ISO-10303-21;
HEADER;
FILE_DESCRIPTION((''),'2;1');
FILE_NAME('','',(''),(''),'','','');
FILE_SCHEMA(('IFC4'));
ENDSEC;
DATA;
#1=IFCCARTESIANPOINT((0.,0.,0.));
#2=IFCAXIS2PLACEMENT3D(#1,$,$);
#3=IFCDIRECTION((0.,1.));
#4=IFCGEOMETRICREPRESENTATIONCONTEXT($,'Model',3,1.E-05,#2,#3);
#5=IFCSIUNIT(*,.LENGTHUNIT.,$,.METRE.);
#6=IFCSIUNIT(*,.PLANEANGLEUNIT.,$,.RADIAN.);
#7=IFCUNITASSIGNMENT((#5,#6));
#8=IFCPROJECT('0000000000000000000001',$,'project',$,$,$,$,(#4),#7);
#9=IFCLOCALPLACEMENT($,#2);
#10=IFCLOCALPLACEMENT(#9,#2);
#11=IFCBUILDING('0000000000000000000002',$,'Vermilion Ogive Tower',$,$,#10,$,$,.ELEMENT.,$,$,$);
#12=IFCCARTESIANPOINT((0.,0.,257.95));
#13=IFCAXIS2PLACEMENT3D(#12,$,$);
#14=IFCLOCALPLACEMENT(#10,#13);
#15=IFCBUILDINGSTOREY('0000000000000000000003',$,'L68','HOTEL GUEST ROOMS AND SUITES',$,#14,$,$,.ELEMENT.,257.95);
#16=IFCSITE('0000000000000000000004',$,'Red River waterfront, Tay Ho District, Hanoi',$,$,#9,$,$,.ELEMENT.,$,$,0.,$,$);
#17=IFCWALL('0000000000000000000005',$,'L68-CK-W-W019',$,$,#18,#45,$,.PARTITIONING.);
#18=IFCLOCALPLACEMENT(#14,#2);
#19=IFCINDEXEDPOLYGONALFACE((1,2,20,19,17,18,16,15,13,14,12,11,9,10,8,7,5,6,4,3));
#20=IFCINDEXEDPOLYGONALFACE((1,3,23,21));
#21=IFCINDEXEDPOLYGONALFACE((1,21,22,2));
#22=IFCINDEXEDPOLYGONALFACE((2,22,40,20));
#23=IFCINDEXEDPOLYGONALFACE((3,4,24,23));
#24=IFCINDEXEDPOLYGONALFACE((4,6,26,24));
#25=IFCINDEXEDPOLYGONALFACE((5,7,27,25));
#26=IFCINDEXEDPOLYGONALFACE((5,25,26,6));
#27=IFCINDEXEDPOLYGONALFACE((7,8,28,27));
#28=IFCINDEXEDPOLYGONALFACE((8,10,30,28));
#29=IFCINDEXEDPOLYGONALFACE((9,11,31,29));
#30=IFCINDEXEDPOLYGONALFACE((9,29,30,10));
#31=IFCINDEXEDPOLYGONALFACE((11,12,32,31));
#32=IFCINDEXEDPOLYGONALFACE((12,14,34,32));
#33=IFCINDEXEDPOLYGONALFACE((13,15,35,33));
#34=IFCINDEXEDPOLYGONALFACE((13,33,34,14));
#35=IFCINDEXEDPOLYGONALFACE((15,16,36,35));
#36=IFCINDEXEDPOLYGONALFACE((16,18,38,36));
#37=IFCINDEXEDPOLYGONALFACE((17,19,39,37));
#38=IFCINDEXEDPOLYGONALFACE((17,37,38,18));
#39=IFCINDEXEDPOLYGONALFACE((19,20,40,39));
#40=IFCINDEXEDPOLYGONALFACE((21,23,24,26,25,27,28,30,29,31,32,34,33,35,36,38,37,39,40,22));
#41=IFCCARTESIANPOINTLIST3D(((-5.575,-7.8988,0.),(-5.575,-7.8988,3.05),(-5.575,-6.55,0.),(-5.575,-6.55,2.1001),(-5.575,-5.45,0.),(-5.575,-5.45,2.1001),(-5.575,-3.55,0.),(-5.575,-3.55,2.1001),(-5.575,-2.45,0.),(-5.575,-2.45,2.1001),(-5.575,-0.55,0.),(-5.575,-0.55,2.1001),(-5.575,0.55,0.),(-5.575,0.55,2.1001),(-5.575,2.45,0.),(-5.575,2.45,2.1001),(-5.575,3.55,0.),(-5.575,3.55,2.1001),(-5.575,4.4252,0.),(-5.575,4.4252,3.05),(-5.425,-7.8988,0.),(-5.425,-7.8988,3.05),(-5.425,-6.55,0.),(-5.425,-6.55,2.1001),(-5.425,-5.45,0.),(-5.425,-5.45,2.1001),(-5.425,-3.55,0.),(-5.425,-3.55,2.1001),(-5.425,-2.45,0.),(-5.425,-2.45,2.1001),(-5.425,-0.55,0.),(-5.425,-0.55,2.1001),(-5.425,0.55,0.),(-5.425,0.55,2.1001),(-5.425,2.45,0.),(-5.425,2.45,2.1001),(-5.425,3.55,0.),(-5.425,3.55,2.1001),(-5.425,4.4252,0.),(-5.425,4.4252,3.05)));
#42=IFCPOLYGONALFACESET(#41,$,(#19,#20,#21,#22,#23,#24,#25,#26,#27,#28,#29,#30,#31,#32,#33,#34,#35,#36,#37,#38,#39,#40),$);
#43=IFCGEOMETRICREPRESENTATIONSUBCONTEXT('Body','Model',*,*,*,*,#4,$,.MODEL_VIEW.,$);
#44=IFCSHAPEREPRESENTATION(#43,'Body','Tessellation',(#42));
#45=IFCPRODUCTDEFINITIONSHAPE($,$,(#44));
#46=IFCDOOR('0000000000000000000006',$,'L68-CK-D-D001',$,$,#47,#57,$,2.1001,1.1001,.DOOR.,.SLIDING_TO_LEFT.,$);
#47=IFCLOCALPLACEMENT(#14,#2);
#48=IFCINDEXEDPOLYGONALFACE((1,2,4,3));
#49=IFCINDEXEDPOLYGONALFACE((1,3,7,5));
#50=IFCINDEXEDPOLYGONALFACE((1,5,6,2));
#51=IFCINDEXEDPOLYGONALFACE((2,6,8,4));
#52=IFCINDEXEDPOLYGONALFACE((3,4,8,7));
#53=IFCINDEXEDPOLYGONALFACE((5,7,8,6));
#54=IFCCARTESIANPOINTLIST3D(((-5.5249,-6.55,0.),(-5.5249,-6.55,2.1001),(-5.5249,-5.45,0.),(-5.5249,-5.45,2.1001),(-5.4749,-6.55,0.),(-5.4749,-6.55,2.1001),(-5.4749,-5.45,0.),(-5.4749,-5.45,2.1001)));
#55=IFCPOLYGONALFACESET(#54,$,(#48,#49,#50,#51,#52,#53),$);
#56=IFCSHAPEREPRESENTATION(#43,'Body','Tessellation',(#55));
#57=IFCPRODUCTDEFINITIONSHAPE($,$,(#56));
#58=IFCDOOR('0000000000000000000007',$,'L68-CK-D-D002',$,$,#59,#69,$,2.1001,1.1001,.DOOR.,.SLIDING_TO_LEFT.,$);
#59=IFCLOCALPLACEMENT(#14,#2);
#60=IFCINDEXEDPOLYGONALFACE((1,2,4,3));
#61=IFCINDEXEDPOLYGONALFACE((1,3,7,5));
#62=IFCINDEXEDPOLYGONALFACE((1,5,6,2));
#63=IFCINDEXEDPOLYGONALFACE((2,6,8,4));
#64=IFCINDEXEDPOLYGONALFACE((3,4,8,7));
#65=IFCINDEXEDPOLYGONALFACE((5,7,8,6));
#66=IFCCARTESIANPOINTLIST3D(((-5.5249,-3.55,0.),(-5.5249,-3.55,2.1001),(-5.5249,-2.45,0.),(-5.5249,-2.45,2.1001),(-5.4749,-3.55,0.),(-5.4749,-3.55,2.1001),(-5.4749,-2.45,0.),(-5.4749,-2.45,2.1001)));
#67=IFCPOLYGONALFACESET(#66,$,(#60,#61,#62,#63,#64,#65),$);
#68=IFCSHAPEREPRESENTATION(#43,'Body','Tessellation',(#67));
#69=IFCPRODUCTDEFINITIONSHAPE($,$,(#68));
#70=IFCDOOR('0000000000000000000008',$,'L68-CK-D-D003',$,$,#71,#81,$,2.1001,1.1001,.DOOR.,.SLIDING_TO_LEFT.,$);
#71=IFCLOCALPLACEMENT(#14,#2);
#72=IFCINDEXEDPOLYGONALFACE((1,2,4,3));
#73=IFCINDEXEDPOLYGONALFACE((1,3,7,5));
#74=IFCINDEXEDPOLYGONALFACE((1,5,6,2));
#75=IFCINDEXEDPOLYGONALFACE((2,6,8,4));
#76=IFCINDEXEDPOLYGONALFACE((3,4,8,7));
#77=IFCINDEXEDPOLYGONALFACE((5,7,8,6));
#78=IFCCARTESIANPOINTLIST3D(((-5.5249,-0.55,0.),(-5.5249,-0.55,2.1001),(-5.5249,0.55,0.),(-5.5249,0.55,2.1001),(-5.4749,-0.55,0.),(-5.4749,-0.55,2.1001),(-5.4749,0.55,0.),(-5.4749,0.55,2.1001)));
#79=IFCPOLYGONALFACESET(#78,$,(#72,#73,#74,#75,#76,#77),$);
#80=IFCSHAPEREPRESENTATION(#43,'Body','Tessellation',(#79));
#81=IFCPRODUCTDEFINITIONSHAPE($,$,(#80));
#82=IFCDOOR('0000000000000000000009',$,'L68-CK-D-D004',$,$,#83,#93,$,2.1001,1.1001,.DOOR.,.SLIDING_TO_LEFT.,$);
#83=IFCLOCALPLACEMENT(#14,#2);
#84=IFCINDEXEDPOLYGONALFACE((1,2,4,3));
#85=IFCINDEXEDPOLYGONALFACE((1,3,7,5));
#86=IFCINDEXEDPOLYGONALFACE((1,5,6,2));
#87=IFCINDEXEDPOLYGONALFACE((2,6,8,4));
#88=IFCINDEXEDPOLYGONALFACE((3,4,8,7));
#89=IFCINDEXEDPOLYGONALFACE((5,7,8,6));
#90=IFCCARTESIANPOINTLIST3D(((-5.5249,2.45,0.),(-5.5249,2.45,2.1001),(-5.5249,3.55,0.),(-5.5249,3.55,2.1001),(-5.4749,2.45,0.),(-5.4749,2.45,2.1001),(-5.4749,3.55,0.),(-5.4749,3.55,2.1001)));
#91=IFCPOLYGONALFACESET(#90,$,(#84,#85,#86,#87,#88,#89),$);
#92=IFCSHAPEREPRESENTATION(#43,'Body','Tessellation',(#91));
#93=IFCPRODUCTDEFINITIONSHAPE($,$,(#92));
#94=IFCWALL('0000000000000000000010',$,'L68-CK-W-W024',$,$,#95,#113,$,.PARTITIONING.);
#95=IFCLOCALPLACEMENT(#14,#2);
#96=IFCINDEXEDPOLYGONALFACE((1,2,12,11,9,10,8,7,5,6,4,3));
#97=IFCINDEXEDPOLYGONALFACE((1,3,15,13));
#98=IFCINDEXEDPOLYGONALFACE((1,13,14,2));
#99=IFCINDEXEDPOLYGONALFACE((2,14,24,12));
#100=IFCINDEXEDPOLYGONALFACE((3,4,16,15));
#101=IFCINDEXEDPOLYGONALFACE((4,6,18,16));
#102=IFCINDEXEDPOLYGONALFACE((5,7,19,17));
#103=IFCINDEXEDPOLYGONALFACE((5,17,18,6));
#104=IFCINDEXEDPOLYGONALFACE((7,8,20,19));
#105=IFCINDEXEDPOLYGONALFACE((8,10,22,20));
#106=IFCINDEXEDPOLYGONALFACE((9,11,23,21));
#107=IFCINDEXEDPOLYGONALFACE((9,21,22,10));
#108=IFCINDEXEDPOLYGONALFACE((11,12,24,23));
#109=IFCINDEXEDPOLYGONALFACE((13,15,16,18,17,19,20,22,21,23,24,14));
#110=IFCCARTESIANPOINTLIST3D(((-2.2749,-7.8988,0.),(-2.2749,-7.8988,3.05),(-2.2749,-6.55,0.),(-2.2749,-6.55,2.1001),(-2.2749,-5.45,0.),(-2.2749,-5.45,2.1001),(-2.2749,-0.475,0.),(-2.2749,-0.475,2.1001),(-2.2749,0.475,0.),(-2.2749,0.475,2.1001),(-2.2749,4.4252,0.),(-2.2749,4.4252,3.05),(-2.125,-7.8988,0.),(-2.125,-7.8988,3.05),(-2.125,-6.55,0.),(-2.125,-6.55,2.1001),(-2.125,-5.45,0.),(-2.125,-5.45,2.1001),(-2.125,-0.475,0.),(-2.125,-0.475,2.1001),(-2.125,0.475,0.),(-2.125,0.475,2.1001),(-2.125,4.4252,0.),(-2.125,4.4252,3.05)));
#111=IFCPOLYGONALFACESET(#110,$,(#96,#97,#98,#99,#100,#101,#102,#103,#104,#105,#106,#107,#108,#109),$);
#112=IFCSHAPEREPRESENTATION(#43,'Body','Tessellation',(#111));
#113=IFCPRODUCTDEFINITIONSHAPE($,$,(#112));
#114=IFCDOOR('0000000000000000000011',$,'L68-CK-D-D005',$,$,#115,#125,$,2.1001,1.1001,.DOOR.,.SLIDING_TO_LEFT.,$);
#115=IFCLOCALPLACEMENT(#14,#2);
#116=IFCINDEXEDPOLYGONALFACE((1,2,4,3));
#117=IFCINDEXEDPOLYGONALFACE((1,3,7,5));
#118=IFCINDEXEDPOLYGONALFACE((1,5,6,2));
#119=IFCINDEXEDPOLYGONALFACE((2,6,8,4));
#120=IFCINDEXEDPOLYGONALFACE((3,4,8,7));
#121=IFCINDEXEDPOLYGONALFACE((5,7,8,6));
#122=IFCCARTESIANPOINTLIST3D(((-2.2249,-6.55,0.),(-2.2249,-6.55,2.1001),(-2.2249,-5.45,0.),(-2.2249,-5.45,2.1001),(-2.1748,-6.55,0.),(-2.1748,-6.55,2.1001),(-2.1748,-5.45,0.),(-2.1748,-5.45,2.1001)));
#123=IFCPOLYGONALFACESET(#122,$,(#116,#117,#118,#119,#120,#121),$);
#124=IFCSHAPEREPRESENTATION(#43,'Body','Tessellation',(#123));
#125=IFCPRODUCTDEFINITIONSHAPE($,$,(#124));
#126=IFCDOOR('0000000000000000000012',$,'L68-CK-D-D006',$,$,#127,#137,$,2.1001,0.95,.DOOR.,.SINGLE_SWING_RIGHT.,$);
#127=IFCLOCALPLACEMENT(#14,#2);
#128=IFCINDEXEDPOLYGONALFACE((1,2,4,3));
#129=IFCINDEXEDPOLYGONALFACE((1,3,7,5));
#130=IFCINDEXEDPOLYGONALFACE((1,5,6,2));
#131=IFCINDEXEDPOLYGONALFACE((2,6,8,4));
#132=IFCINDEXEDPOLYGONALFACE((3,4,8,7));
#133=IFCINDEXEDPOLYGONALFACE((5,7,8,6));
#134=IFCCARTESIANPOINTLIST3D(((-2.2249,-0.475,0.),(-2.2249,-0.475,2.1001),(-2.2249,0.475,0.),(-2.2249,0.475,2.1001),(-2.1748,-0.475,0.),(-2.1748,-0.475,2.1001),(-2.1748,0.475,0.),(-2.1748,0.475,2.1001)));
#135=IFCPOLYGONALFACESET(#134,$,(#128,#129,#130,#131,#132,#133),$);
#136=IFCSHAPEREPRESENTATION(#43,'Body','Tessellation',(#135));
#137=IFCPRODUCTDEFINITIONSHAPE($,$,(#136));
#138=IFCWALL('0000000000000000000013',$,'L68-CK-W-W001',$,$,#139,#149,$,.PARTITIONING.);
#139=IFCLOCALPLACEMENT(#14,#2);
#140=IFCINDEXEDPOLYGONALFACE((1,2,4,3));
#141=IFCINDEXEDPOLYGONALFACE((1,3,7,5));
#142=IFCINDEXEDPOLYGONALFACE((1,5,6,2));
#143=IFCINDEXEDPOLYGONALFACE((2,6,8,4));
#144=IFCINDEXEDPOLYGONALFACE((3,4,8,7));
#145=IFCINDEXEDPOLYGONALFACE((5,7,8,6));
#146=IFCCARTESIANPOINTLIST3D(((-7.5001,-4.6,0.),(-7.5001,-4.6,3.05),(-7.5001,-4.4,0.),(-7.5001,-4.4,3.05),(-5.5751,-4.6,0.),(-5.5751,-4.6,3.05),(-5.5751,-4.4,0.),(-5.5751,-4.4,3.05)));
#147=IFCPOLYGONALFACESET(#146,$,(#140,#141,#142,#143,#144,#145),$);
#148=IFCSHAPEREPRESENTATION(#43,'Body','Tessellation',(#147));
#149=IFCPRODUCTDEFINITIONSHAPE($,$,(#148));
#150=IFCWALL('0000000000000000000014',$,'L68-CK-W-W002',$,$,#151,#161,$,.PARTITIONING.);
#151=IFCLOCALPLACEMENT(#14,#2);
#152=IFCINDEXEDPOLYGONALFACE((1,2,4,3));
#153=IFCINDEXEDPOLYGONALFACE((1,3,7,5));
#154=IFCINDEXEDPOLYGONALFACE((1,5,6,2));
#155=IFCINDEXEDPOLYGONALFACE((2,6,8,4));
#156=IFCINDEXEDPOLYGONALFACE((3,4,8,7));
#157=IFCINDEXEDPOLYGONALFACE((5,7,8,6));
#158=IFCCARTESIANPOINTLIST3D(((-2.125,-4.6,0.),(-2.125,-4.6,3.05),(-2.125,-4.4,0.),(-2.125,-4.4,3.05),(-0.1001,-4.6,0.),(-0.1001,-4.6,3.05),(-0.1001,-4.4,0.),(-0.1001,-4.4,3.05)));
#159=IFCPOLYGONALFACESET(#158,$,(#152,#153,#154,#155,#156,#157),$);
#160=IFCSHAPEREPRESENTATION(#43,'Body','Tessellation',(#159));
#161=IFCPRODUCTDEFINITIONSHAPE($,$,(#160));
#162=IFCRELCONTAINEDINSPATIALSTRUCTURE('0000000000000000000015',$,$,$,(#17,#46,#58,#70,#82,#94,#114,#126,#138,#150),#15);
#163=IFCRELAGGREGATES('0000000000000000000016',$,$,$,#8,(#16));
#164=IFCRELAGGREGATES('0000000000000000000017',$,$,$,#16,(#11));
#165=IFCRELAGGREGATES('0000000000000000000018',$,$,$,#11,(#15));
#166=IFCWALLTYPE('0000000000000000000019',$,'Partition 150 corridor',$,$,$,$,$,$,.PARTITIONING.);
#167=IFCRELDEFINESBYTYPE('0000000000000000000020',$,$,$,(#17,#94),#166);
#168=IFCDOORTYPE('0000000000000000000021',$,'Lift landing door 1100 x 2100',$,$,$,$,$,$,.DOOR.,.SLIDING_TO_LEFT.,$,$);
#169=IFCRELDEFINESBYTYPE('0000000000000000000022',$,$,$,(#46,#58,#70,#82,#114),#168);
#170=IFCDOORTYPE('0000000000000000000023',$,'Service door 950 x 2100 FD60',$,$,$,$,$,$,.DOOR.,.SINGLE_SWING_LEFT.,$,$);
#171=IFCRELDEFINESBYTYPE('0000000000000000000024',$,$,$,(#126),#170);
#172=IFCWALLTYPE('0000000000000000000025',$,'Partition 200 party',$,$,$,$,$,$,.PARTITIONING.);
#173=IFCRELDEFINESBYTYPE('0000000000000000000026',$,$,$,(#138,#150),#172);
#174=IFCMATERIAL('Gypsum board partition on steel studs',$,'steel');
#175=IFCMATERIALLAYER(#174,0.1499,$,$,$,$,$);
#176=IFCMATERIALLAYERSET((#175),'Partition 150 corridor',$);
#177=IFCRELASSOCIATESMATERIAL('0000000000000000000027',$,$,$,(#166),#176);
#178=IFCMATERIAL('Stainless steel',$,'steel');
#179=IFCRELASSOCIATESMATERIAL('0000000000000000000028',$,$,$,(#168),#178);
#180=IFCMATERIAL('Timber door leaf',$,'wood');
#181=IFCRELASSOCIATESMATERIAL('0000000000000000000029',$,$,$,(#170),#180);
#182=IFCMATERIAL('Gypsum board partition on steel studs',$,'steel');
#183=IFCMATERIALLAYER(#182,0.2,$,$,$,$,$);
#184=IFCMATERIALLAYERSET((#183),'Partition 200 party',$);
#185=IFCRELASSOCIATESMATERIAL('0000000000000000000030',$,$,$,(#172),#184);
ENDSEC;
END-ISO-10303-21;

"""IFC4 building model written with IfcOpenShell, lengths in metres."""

from ifc_helpers import new_model, si_unit, direction, frame, frame_2d, origin, place, context, subcontext, project, spatial, rectangle, extrude, material, layer, layer_set, type_object, element, fill, save


model = new_model("IFC4")

# Units and contexts
model_context = context("Model", 3, precision=1e-05, world=origin(), true_north=direction((0.0, 1.0)))
body_context = subcontext(model_context, "Body", "Model", "MODEL_VIEW")
ifc_project = project(units=[si_unit("LENGTHUNIT", "METRE"), si_unit("PLANEANGLEUNIT", "RADIAN")], contexts=[model_context])

# Site, building, storey
site_placement = place(None, origin())
site = spatial("IfcSite", under=ifc_project, at=site_placement, Name="Red River waterfront, Tay Ho District, Hanoi", CompositionType="ELEMENT", RefElevation=0.0)
building_placement = place(site_placement, origin())
building = spatial("IfcBuilding", under=site, at=building_placement, Name="Vermilion Ogive Tower", CompositionType="ELEMENT")
storey_placement = place(building_placement, frame((0.0, 0.0, 257.95)))
storey = spatial("IfcBuildingStorey", under=building, at=storey_placement, Name="L68", Description="HOTEL GUEST ROOMS AND SUITES", CompositionType="ELEMENT", Elevation=257.95)

# Walls, openings, doors
ifc_material_1 = material(Name="Gypsum board partition on steel studs", Category="steel")
ifc_layer_1 = layer(ifc_material_1, 0.1499)
ifc_layer_set_1 = layer_set([ifc_layer_1], Name="Partition 150 corridor")
wall_type_1 = type_object("IfcWallType", Name="Partition 150 corridor", PredefinedType="PARTITIONING", material=ifc_layer_set_1)
wall_1_placement = place(storey_placement, frame((-5.5, -7.8989, 0.0), z_axis=(0.0, 0.0, 1.0), x_axis=(0.0, 1.0, 0.0)))
wall_1 = element("IfcWall", 1, at=wall_1_placement, inside=storey, type_object=wall_type_1, Name="L68-CK-W-W019", PredefinedType="PARTITIONING", context=body_context, shape_type="SweptSolid", body=[
    extrude(rectangle(XDim=12.324, YDim=0.1499, at=frame_2d((6.1621, 0.0))), origin(), (0.0, 0.0, 1.0), 3.05),
])
opening_1_placement = place(wall_1_placement, frame((1.3489, 0.0, 0.0)))
opening_1 = element("IfcOpeningElement", 2, at=opening_1_placement, cuts=wall_1, PredefinedType="OPENING", context=body_context, shape_type="SweptSolid", body=[
    extrude(rectangle(XDim=1.1001, YDim=2.1001, at=frame_2d((0.55, 1.05))), frame((0.0, 0.085, 0.0), z_axis=(0.0, -1.0, 0.0), x_axis=(1.0, 0.0, 0.0)), (0.0, 0.0, 1.0), 0.1699),
])
opening_2_placement = place(wall_1_placement, frame((4.3489, 0.0, 0.0)))
opening_2 = element("IfcOpeningElement", 3, at=opening_2_placement, cuts=wall_1, PredefinedType="OPENING", context=body_context, shape_type="SweptSolid", body=[
    extrude(rectangle(XDim=1.1001, YDim=2.1001, at=frame_2d((0.55, 1.05))), frame((0.0, 0.085, 0.0), z_axis=(0.0, -1.0, 0.0), x_axis=(1.0, 0.0, 0.0)), (0.0, 0.0, 1.0), 0.1699),
])
opening_3_placement = place(wall_1_placement, frame((7.3489, 0.0, 0.0)))
opening_3 = element("IfcOpeningElement", 4, at=opening_3_placement, cuts=wall_1, PredefinedType="OPENING", context=body_context, shape_type="SweptSolid", body=[
    extrude(rectangle(XDim=1.1001, YDim=2.1001, at=frame_2d((0.55, 1.05))), frame((0.0, 0.085, 0.0), z_axis=(0.0, -1.0, 0.0), x_axis=(1.0, 0.0, 0.0)), (0.0, 0.0, 1.0), 0.1699),
])
opening_4_placement = place(wall_1_placement, frame((10.3489, 0.0, 0.0)))
opening_4 = element("IfcOpeningElement", 5, at=opening_4_placement, cuts=wall_1, PredefinedType="OPENING", context=body_context, shape_type="SweptSolid", body=[
    extrude(rectangle(XDim=1.1001, YDim=2.1001, at=frame_2d((0.55, 1.05))), frame((0.0, 0.085, 0.0), z_axis=(0.0, -1.0, 0.0), x_axis=(1.0, 0.0, 0.0)), (0.0, 0.0, 1.0), 0.1699),
])
ifc_material_2 = material(Name="Stainless steel", Category="steel")
door_type_1 = type_object("IfcDoorType", Name="Lift landing door 1100 x 2100", OperationType="SLIDING_TO_LEFT", PredefinedType="DOOR", material=ifc_material_2)
door_1_placement = place(opening_1_placement, origin())
door_1 = element("IfcDoor", 6, at=door_1_placement, inside=storey, type_object=door_type_1, Name="L68-CK-D-D001", OperationType="SLIDING_TO_LEFT", OverallHeight=2.1001, OverallWidth=1.1001, PredefinedType="DOOR", context=body_context, shape_type="SweptSolid", body=[
    extrude(rectangle(XDim=1.1001, YDim=2.1001, at=frame_2d((0.55, 1.05))), frame((0.0, 0.0249, 0.0), z_axis=(0.0, -1.0, 0.0), x_axis=(1.0, 0.0, 0.0)), (0.0, 0.0, 1.0), 0.05),
])
fill(opening_1, door_1)
door_2_placement = place(opening_2_placement, origin())
door_2 = element("IfcDoor", 7, at=door_2_placement, inside=storey, type_object=door_type_1, Name="L68-CK-D-D002", OperationType="SLIDING_TO_LEFT", OverallHeight=2.1001, OverallWidth=1.1001, PredefinedType="DOOR", context=body_context, shape_type="SweptSolid", body=[
    extrude(rectangle(XDim=1.1001, YDim=2.1001, at=frame_2d((0.55, 1.05))), frame((0.0, 0.0249, 0.0), z_axis=(0.0, -1.0, 0.0), x_axis=(1.0, 0.0, 0.0)), (0.0, 0.0, 1.0), 0.05),
])
fill(opening_2, door_2)
door_3_placement = place(opening_3_placement, origin())
door_3 = element("IfcDoor", 8, at=door_3_placement, inside=storey, type_object=door_type_1, Name="L68-CK-D-D003", OperationType="SLIDING_TO_LEFT", OverallHeight=2.1001, OverallWidth=1.1001, PredefinedType="DOOR", context=body_context, shape_type="SweptSolid", body=[
    extrude(rectangle(XDim=1.1001, YDim=2.1001, at=frame_2d((0.55, 1.05))), frame((0.0, 0.0249, 0.0), z_axis=(0.0, -1.0, 0.0), x_axis=(1.0, 0.0, 0.0)), (0.0, 0.0, 1.0), 0.05),
])
fill(opening_3, door_3)
door_4_placement = place(opening_4_placement, origin())
door_4 = element("IfcDoor", 9, at=door_4_placement, inside=storey, type_object=door_type_1, Name="L68-CK-D-D004", OperationType="SLIDING_TO_LEFT", OverallHeight=2.1001, OverallWidth=1.1001, PredefinedType="DOOR", context=body_context, shape_type="SweptSolid", body=[
    extrude(rectangle(XDim=1.1001, YDim=2.1001, at=frame_2d((0.55, 1.05))), frame((0.0, 0.0249, 0.0), z_axis=(0.0, -1.0, 0.0), x_axis=(1.0, 0.0, 0.0)), (0.0, 0.0, 1.0), 0.05),
])
fill(opening_4, door_4)
wall_2_placement = place(storey_placement, frame((-2.2, -7.8989, 0.0), z_axis=(0.0, 0.0, 1.0), x_axis=(0.0, 1.0, 0.0)))
wall_2 = element("IfcWall", 10, at=wall_2_placement, inside=storey, type_object=wall_type_1, Name="L68-CK-W-W024", PredefinedType="PARTITIONING", context=body_context, shape_type="SweptSolid", body=[
    extrude(rectangle(XDim=12.324, YDim=0.1499, at=frame_2d((6.1621, 0.0))), origin(), (0.0, 0.0, 1.0), 3.05),
])
opening_5_placement = place(wall_2_placement, frame((1.3489, 0.0, 0.0)))
opening_5 = element("IfcOpeningElement", 11, at=opening_5_placement, cuts=wall_2, PredefinedType="OPENING", context=body_context, shape_type="SweptSolid", body=[
    extrude(rectangle(XDim=1.1001, YDim=2.1001, at=frame_2d((0.55, 1.05))), frame((0.0, 0.085, 0.0), z_axis=(0.0, -1.0, 0.0), x_axis=(1.0, 0.0, 0.0)), (0.0, 0.0, 1.0), 0.1699),
])
opening_6_placement = place(wall_2_placement, frame((7.4238, 0.0, 0.0)))
opening_6 = element("IfcOpeningElement", 12, at=opening_6_placement, cuts=wall_2, PredefinedType="OPENING", context=body_context, shape_type="SweptSolid", body=[
    extrude(rectangle(XDim=0.95, YDim=2.1001, at=frame_2d((0.4751, 1.05))), frame((0.0, 0.085, 0.0), z_axis=(0.0, -1.0, 0.0), x_axis=(1.0, 0.0, 0.0)), (0.0, 0.0, 1.0), 0.1699),
])
door_5_placement = place(opening_5_placement, origin())
door_5 = element("IfcDoor", 13, at=door_5_placement, inside=storey, type_object=door_type_1, Name="L68-CK-D-D005", OperationType="SLIDING_TO_LEFT", OverallHeight=2.1001, OverallWidth=1.1001, PredefinedType="DOOR", context=body_context, shape_type="SweptSolid", body=[
    extrude(rectangle(XDim=1.1001, YDim=2.1001, at=frame_2d((0.55, 1.05))), frame((0.0, 0.0249, 0.0), z_axis=(0.0, -1.0, 0.0), x_axis=(1.0, 0.0, 0.0)), (0.0, 0.0, 1.0), 0.05),
])
fill(opening_5, door_5)
ifc_material_3 = material(Name="Timber door leaf", Category="wood")
door_type_2 = type_object("IfcDoorType", Name="Service door 950 x 2100 FD60", OperationType="SINGLE_SWING_LEFT", PredefinedType="DOOR", material=ifc_material_3)
door_6_placement = place(opening_6_placement, origin())
door_6 = element("IfcDoor", 14, at=door_6_placement, inside=storey, type_object=door_type_2, Name="L68-CK-D-D006", OperationType="SINGLE_SWING_RIGHT", OverallHeight=2.1001, OverallWidth=0.95, PredefinedType="DOOR", context=body_context, shape_type="SweptSolid", body=[
    extrude(rectangle(XDim=0.95, YDim=2.1001, at=frame_2d((0.4751, 1.05))), frame((0.0, 0.0249, 0.0), z_axis=(0.0, -1.0, 0.0), x_axis=(1.0, 0.0, 0.0)), (0.0, 0.0, 1.0), 0.05),
])
fill(opening_6, door_6)

# Walls
ifc_material_4 = material(Name="Gypsum board partition on steel studs", Category="steel")
ifc_layer_2 = layer(ifc_material_4, 0.2)
ifc_layer_set_2 = layer_set([ifc_layer_2], Name="Partition 200 party")
wall_type_2 = type_object("IfcWallType", Name="Partition 200 party", PredefinedType="PARTITIONING", material=ifc_layer_set_2)
wall_3_placement = place(storey_placement, frame((-7.5, -4.5, 0.0), z_axis=(0.0, 0.0, 1.0), x_axis=(1.0, 0.0, 0.0)))
element("IfcWall", 15, at=wall_3_placement, inside=storey, type_object=wall_type_2, Name="L68-CK-W-W001", PredefinedType="PARTITIONING", context=body_context, shape_type="SweptSolid", body=[
    extrude(rectangle(XDim=1.925, YDim=0.2, at=frame_2d((0.9624, 0.0))), origin(), (0.0, 0.0, 1.0), 3.05),
])
wall_4_placement = place(storey_placement, frame((-2.125, -4.5, 0.0), z_axis=(0.0, 0.0, 1.0), x_axis=(1.0, 0.0, 0.0)))
element("IfcWall", 16, at=wall_4_placement, inside=storey, type_object=wall_type_2, Name="L68-CK-W-W002", PredefinedType="PARTITIONING", context=body_context, shape_type="SweptSolid", body=[
    extrude(rectangle(XDim=2.0249, YDim=0.2, at=frame_2d((1.0125, 0.0))), origin(), (0.0, 0.0, 1.0), 3.05),
])

save(model, "model.ifc")
